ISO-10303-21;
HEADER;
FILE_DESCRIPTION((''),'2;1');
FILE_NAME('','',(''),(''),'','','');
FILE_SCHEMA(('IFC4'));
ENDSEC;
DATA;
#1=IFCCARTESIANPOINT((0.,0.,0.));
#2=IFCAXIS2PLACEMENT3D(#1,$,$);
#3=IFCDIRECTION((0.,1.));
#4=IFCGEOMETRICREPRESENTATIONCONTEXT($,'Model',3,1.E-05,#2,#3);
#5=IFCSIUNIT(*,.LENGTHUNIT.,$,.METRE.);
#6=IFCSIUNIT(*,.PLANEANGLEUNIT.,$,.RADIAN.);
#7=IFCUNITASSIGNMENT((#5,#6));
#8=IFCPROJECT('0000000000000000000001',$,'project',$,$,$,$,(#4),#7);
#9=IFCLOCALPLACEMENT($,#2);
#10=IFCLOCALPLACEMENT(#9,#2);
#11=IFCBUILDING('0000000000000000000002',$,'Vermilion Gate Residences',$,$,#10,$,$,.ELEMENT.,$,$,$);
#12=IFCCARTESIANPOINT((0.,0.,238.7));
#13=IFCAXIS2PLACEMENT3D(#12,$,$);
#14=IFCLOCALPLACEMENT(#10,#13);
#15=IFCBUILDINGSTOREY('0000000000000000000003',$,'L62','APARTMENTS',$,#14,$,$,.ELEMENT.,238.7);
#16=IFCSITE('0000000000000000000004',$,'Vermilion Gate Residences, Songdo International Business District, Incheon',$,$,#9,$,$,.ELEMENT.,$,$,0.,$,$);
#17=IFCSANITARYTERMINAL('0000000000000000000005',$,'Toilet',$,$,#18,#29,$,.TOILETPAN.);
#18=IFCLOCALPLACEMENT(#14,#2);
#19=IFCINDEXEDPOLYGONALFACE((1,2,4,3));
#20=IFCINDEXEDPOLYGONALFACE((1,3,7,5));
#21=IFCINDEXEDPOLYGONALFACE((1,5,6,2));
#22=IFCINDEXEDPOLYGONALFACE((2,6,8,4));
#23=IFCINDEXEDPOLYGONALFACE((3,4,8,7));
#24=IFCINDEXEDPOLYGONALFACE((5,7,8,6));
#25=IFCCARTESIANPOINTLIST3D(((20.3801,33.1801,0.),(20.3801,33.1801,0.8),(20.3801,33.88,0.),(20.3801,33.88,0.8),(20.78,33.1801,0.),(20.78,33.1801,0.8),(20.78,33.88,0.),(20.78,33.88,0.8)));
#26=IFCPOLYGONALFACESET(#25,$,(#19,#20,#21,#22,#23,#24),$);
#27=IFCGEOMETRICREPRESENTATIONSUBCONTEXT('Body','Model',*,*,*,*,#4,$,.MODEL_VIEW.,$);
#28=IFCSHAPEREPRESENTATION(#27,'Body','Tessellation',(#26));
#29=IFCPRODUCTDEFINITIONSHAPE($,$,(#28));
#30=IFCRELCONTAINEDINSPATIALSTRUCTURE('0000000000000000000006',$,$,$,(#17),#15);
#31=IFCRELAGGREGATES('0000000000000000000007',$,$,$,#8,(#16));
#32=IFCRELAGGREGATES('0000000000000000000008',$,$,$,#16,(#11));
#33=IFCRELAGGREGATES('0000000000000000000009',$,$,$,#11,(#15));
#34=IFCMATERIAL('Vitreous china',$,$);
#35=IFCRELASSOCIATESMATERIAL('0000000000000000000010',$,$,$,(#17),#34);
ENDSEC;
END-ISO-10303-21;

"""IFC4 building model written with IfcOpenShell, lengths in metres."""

from ifc_helpers import new_model, si_unit, direction, frame, origin, origin_2d, place, context, subcontext, project, spatial, rectangle, extrude, material, element, save


model = new_model("IFC4")

# Units and contexts
model_context = context("Model", 3, precision=1e-05, world=origin(), true_north=direction((0.0, 1.0)))
body_context = subcontext(model_context, "Body", "Model", "MODEL_VIEW")
ifc_project = project(units=[si_unit("LENGTHUNIT", "METRE"), si_unit("PLANEANGLEUNIT", "RADIAN")], contexts=[model_context])

# Site, building, storey
site_placement = place(None, origin())
site = spatial("IfcSite", under=ifc_project, at=site_placement, Name="Vermilion Gate Residences, Songdo International Business District, Incheon", CompositionType="ELEMENT", RefElevation=0.0)
building_placement = place(site_placement, origin())
building = spatial("IfcBuilding", under=site, at=building_placement, Name="Vermilion Gate Residences", CompositionType="ELEMENT")
storey_placement = place(building_placement, frame((0.0, 0.0, 238.7)))
storey = spatial("IfcBuildingStorey", under=building, at=storey_placement, Name="L62", Description="APARTMENTS", CompositionType="ELEMENT", Elevation=238.7)

# Sanitary terminal
ifc_material_1 = material(Name="Vitreous china")
sanitary_terminal_1_placement = place(storey_placement, frame((20.5801, 33.53, 0.0), z_axis=(0.0, 0.0, 1.0), x_axis=(1.0, 0.0, 0.0)))
element("IfcSanitaryTerminal", 1, at=sanitary_terminal_1_placement, inside=storey, material=ifc_material_1, Name="Toilet", PredefinedType="TOILETPAN", context=body_context, shape_type="SweptSolid", body=[
    extrude(rectangle(XDim=0.3999, YDim=0.7, at=origin_2d()), origin(), (0.0, 0.0, 1.0), 0.8),
])

save(model, "model.ifc")
